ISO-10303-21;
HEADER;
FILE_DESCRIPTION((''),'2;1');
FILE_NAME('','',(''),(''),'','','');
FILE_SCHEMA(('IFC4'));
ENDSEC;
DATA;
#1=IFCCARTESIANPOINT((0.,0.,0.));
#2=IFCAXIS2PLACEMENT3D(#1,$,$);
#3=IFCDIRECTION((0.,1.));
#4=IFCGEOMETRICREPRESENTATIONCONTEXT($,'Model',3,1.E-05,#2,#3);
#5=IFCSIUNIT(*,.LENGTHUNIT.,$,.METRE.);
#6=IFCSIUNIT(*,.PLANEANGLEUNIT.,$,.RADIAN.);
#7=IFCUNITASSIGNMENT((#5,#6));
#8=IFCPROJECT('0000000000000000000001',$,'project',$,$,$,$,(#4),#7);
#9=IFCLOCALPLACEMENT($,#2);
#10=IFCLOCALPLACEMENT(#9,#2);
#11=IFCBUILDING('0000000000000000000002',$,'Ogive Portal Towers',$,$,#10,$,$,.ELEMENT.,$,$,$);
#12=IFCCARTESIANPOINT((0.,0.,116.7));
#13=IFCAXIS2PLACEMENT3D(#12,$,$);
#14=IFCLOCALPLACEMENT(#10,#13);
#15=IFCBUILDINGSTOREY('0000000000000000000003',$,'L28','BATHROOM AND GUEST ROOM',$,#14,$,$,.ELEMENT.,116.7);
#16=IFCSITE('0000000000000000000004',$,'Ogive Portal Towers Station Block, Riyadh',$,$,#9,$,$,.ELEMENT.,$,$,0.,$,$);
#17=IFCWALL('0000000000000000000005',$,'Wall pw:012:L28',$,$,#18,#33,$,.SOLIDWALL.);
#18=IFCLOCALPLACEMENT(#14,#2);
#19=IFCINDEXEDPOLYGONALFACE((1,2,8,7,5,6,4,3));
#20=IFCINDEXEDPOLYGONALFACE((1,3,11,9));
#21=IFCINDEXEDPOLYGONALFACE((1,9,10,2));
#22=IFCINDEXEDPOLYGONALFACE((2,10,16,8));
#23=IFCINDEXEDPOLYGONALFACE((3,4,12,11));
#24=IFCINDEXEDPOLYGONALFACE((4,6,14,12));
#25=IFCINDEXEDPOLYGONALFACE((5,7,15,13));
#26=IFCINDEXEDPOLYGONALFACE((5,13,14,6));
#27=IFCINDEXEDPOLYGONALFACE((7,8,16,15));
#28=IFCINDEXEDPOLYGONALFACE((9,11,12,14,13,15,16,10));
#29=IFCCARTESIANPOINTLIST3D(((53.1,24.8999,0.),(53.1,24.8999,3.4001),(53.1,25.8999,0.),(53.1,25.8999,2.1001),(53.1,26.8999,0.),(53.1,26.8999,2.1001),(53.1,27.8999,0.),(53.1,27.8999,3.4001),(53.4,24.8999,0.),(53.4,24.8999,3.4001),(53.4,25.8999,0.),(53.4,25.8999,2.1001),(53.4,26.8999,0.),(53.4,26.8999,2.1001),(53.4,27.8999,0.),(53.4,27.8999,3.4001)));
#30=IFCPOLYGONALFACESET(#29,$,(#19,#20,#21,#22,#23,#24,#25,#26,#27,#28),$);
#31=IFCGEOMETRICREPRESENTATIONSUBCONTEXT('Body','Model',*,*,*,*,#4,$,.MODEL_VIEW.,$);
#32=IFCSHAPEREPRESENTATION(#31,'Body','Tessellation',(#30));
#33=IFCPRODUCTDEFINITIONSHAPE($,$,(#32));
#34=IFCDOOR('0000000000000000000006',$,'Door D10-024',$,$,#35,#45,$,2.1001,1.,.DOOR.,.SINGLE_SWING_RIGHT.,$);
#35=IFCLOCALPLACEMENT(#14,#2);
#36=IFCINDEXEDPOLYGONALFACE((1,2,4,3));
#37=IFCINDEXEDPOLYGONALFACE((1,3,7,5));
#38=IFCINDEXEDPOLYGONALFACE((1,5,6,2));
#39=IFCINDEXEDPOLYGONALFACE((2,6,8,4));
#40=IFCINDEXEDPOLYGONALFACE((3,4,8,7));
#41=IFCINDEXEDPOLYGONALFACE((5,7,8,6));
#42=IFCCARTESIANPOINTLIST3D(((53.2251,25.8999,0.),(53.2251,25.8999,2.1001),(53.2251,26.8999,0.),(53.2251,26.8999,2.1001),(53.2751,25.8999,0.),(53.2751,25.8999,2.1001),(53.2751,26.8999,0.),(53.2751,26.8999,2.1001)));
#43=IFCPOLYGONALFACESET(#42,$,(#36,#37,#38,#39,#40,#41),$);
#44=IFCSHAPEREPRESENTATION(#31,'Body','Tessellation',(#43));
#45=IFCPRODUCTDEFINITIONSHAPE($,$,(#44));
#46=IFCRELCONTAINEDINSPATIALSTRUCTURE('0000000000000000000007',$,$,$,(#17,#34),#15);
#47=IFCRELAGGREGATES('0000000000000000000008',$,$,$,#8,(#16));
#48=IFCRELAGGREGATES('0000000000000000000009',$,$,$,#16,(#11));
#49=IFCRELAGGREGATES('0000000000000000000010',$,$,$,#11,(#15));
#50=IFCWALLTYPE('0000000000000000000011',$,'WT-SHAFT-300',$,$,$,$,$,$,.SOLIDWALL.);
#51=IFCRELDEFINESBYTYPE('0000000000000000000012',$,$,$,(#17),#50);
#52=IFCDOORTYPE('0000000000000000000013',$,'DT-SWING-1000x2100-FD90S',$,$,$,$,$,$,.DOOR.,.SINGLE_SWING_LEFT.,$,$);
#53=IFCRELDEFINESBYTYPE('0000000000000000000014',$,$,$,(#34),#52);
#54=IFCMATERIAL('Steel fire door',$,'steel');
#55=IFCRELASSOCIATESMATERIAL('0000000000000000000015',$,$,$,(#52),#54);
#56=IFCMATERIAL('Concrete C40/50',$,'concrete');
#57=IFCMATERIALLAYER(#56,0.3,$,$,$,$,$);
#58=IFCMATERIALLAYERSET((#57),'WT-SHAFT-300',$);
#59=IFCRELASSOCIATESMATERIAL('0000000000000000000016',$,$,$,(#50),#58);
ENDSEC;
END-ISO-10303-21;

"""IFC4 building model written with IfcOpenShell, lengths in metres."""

from ifc_helpers import new_model, si_unit, direction, frame, frame_2d, origin, place, context, subcontext, project, spatial, rectangle, extrude, material, layer, layer_set, type_object, element, fill, save


model = new_model("IFC4")

# Units and contexts
model_context = context("Model", 3, precision=1e-05, world=origin(), true_north=direction((0.0, 1.0)))
body_context = subcontext(model_context, "Body", "Model", "MODEL_VIEW")
ifc_project = project(units=[si_unit("LENGTHUNIT", "METRE"), si_unit("PLANEANGLEUNIT", "RADIAN")], contexts=[model_context])

# Site, building, storey
site_placement = place(None, origin())
site = spatial("IfcSite", under=ifc_project, at=site_placement, Name="Ogive Portal Towers Station Block, Riyadh", CompositionType="ELEMENT", RefElevation=0.0)
building_placement = place(site_placement, origin())
building = spatial("IfcBuilding", under=site, at=building_placement, Name="Ogive Portal Towers", CompositionType="ELEMENT")
storey_placement = place(building_placement, frame((0.0, 0.0, 116.7)))
storey = spatial("IfcBuildingStorey", under=building, at=storey_placement, Name="L28", Description="BATHROOM AND GUEST ROOM", CompositionType="ELEMENT", Elevation=116.7)

# Shared definitions
ifc_material_1 = material(Name="Steel fire door", Category="steel")
door_type_1 = type_object("IfcDoorType", Name="DT-SWING-1000x2100-FD90S", OperationType="SINGLE_SWING_LEFT", PredefinedType="DOOR", material=ifc_material_1)

# Shared definitions
ifc_material_2 = material(Name="Concrete C40/50", Category="concrete")
ifc_layer_1 = layer(ifc_material_2, 0.3)
ifc_layer_set_1 = layer_set([ifc_layer_1], Name="WT-SHAFT-300")
wall_type_1 = type_object("IfcWallType", Name="WT-SHAFT-300", PredefinedType="SOLIDWALL", material=ifc_layer_set_1)

# Wall, opening, door
wall_1_placement = place(storey_placement, frame((53.25, 24.8999, 0.0), z_axis=(0.0, 0.0, 1.0), x_axis=(0.0, 1.0, 0.0)))
wall_1 = element("IfcWall", 1, at=wall_1_placement, inside=storey, type_object=wall_type_1, Name="Wall pw:012:L28", PredefinedType="SOLIDWALL", context=body_context, shape_type="SweptSolid", body=[
    extrude(rectangle(XDim=3.0, YDim=0.3, at=frame_2d((1.5, 0.0))), origin(), (0.0, 0.0, 1.0), 3.4001),
])
opening_1_placement = place(wall_1_placement, frame((1.0, 0.0, 0.0)))
opening_1 = element("IfcOpeningElement", 2, at=opening_1_placement, cuts=wall_1, PredefinedType="OPENING", context=body_context, shape_type="SweptSolid", body=[
    extrude(rectangle(XDim=1.0, YDim=2.1001, at=frame_2d((0.5, 1.05))), frame((0.0, 0.1602, 0.0), z_axis=(0.0, -1.0, 0.0), x_axis=(1.0, 0.0, 0.0)), (0.0, 0.0, 1.0), 0.3201),
])
door_1_placement = place(opening_1_placement, origin())
door_1 = element("IfcDoor", 3, at=door_1_placement, inside=storey, type_object=door_type_1, Name="Door D10-024", OperationType="SINGLE_SWING_RIGHT", OverallHeight=2.1001, OverallWidth=1.0, PredefinedType="DOOR", context=body_context, shape_type="SweptSolid", body=[
    extrude(rectangle(XDim=1.0, YDim=2.1001, at=frame_2d((0.5, 1.05))), frame((0.0, 0.0249, 0.0), z_axis=(0.0, -1.0, 0.0), x_axis=(1.0, 0.0, 0.0)), (0.0, 0.0, 1.0), 0.05),
])
fill(opening_1, door_1)

save(model, "model.ifc")
